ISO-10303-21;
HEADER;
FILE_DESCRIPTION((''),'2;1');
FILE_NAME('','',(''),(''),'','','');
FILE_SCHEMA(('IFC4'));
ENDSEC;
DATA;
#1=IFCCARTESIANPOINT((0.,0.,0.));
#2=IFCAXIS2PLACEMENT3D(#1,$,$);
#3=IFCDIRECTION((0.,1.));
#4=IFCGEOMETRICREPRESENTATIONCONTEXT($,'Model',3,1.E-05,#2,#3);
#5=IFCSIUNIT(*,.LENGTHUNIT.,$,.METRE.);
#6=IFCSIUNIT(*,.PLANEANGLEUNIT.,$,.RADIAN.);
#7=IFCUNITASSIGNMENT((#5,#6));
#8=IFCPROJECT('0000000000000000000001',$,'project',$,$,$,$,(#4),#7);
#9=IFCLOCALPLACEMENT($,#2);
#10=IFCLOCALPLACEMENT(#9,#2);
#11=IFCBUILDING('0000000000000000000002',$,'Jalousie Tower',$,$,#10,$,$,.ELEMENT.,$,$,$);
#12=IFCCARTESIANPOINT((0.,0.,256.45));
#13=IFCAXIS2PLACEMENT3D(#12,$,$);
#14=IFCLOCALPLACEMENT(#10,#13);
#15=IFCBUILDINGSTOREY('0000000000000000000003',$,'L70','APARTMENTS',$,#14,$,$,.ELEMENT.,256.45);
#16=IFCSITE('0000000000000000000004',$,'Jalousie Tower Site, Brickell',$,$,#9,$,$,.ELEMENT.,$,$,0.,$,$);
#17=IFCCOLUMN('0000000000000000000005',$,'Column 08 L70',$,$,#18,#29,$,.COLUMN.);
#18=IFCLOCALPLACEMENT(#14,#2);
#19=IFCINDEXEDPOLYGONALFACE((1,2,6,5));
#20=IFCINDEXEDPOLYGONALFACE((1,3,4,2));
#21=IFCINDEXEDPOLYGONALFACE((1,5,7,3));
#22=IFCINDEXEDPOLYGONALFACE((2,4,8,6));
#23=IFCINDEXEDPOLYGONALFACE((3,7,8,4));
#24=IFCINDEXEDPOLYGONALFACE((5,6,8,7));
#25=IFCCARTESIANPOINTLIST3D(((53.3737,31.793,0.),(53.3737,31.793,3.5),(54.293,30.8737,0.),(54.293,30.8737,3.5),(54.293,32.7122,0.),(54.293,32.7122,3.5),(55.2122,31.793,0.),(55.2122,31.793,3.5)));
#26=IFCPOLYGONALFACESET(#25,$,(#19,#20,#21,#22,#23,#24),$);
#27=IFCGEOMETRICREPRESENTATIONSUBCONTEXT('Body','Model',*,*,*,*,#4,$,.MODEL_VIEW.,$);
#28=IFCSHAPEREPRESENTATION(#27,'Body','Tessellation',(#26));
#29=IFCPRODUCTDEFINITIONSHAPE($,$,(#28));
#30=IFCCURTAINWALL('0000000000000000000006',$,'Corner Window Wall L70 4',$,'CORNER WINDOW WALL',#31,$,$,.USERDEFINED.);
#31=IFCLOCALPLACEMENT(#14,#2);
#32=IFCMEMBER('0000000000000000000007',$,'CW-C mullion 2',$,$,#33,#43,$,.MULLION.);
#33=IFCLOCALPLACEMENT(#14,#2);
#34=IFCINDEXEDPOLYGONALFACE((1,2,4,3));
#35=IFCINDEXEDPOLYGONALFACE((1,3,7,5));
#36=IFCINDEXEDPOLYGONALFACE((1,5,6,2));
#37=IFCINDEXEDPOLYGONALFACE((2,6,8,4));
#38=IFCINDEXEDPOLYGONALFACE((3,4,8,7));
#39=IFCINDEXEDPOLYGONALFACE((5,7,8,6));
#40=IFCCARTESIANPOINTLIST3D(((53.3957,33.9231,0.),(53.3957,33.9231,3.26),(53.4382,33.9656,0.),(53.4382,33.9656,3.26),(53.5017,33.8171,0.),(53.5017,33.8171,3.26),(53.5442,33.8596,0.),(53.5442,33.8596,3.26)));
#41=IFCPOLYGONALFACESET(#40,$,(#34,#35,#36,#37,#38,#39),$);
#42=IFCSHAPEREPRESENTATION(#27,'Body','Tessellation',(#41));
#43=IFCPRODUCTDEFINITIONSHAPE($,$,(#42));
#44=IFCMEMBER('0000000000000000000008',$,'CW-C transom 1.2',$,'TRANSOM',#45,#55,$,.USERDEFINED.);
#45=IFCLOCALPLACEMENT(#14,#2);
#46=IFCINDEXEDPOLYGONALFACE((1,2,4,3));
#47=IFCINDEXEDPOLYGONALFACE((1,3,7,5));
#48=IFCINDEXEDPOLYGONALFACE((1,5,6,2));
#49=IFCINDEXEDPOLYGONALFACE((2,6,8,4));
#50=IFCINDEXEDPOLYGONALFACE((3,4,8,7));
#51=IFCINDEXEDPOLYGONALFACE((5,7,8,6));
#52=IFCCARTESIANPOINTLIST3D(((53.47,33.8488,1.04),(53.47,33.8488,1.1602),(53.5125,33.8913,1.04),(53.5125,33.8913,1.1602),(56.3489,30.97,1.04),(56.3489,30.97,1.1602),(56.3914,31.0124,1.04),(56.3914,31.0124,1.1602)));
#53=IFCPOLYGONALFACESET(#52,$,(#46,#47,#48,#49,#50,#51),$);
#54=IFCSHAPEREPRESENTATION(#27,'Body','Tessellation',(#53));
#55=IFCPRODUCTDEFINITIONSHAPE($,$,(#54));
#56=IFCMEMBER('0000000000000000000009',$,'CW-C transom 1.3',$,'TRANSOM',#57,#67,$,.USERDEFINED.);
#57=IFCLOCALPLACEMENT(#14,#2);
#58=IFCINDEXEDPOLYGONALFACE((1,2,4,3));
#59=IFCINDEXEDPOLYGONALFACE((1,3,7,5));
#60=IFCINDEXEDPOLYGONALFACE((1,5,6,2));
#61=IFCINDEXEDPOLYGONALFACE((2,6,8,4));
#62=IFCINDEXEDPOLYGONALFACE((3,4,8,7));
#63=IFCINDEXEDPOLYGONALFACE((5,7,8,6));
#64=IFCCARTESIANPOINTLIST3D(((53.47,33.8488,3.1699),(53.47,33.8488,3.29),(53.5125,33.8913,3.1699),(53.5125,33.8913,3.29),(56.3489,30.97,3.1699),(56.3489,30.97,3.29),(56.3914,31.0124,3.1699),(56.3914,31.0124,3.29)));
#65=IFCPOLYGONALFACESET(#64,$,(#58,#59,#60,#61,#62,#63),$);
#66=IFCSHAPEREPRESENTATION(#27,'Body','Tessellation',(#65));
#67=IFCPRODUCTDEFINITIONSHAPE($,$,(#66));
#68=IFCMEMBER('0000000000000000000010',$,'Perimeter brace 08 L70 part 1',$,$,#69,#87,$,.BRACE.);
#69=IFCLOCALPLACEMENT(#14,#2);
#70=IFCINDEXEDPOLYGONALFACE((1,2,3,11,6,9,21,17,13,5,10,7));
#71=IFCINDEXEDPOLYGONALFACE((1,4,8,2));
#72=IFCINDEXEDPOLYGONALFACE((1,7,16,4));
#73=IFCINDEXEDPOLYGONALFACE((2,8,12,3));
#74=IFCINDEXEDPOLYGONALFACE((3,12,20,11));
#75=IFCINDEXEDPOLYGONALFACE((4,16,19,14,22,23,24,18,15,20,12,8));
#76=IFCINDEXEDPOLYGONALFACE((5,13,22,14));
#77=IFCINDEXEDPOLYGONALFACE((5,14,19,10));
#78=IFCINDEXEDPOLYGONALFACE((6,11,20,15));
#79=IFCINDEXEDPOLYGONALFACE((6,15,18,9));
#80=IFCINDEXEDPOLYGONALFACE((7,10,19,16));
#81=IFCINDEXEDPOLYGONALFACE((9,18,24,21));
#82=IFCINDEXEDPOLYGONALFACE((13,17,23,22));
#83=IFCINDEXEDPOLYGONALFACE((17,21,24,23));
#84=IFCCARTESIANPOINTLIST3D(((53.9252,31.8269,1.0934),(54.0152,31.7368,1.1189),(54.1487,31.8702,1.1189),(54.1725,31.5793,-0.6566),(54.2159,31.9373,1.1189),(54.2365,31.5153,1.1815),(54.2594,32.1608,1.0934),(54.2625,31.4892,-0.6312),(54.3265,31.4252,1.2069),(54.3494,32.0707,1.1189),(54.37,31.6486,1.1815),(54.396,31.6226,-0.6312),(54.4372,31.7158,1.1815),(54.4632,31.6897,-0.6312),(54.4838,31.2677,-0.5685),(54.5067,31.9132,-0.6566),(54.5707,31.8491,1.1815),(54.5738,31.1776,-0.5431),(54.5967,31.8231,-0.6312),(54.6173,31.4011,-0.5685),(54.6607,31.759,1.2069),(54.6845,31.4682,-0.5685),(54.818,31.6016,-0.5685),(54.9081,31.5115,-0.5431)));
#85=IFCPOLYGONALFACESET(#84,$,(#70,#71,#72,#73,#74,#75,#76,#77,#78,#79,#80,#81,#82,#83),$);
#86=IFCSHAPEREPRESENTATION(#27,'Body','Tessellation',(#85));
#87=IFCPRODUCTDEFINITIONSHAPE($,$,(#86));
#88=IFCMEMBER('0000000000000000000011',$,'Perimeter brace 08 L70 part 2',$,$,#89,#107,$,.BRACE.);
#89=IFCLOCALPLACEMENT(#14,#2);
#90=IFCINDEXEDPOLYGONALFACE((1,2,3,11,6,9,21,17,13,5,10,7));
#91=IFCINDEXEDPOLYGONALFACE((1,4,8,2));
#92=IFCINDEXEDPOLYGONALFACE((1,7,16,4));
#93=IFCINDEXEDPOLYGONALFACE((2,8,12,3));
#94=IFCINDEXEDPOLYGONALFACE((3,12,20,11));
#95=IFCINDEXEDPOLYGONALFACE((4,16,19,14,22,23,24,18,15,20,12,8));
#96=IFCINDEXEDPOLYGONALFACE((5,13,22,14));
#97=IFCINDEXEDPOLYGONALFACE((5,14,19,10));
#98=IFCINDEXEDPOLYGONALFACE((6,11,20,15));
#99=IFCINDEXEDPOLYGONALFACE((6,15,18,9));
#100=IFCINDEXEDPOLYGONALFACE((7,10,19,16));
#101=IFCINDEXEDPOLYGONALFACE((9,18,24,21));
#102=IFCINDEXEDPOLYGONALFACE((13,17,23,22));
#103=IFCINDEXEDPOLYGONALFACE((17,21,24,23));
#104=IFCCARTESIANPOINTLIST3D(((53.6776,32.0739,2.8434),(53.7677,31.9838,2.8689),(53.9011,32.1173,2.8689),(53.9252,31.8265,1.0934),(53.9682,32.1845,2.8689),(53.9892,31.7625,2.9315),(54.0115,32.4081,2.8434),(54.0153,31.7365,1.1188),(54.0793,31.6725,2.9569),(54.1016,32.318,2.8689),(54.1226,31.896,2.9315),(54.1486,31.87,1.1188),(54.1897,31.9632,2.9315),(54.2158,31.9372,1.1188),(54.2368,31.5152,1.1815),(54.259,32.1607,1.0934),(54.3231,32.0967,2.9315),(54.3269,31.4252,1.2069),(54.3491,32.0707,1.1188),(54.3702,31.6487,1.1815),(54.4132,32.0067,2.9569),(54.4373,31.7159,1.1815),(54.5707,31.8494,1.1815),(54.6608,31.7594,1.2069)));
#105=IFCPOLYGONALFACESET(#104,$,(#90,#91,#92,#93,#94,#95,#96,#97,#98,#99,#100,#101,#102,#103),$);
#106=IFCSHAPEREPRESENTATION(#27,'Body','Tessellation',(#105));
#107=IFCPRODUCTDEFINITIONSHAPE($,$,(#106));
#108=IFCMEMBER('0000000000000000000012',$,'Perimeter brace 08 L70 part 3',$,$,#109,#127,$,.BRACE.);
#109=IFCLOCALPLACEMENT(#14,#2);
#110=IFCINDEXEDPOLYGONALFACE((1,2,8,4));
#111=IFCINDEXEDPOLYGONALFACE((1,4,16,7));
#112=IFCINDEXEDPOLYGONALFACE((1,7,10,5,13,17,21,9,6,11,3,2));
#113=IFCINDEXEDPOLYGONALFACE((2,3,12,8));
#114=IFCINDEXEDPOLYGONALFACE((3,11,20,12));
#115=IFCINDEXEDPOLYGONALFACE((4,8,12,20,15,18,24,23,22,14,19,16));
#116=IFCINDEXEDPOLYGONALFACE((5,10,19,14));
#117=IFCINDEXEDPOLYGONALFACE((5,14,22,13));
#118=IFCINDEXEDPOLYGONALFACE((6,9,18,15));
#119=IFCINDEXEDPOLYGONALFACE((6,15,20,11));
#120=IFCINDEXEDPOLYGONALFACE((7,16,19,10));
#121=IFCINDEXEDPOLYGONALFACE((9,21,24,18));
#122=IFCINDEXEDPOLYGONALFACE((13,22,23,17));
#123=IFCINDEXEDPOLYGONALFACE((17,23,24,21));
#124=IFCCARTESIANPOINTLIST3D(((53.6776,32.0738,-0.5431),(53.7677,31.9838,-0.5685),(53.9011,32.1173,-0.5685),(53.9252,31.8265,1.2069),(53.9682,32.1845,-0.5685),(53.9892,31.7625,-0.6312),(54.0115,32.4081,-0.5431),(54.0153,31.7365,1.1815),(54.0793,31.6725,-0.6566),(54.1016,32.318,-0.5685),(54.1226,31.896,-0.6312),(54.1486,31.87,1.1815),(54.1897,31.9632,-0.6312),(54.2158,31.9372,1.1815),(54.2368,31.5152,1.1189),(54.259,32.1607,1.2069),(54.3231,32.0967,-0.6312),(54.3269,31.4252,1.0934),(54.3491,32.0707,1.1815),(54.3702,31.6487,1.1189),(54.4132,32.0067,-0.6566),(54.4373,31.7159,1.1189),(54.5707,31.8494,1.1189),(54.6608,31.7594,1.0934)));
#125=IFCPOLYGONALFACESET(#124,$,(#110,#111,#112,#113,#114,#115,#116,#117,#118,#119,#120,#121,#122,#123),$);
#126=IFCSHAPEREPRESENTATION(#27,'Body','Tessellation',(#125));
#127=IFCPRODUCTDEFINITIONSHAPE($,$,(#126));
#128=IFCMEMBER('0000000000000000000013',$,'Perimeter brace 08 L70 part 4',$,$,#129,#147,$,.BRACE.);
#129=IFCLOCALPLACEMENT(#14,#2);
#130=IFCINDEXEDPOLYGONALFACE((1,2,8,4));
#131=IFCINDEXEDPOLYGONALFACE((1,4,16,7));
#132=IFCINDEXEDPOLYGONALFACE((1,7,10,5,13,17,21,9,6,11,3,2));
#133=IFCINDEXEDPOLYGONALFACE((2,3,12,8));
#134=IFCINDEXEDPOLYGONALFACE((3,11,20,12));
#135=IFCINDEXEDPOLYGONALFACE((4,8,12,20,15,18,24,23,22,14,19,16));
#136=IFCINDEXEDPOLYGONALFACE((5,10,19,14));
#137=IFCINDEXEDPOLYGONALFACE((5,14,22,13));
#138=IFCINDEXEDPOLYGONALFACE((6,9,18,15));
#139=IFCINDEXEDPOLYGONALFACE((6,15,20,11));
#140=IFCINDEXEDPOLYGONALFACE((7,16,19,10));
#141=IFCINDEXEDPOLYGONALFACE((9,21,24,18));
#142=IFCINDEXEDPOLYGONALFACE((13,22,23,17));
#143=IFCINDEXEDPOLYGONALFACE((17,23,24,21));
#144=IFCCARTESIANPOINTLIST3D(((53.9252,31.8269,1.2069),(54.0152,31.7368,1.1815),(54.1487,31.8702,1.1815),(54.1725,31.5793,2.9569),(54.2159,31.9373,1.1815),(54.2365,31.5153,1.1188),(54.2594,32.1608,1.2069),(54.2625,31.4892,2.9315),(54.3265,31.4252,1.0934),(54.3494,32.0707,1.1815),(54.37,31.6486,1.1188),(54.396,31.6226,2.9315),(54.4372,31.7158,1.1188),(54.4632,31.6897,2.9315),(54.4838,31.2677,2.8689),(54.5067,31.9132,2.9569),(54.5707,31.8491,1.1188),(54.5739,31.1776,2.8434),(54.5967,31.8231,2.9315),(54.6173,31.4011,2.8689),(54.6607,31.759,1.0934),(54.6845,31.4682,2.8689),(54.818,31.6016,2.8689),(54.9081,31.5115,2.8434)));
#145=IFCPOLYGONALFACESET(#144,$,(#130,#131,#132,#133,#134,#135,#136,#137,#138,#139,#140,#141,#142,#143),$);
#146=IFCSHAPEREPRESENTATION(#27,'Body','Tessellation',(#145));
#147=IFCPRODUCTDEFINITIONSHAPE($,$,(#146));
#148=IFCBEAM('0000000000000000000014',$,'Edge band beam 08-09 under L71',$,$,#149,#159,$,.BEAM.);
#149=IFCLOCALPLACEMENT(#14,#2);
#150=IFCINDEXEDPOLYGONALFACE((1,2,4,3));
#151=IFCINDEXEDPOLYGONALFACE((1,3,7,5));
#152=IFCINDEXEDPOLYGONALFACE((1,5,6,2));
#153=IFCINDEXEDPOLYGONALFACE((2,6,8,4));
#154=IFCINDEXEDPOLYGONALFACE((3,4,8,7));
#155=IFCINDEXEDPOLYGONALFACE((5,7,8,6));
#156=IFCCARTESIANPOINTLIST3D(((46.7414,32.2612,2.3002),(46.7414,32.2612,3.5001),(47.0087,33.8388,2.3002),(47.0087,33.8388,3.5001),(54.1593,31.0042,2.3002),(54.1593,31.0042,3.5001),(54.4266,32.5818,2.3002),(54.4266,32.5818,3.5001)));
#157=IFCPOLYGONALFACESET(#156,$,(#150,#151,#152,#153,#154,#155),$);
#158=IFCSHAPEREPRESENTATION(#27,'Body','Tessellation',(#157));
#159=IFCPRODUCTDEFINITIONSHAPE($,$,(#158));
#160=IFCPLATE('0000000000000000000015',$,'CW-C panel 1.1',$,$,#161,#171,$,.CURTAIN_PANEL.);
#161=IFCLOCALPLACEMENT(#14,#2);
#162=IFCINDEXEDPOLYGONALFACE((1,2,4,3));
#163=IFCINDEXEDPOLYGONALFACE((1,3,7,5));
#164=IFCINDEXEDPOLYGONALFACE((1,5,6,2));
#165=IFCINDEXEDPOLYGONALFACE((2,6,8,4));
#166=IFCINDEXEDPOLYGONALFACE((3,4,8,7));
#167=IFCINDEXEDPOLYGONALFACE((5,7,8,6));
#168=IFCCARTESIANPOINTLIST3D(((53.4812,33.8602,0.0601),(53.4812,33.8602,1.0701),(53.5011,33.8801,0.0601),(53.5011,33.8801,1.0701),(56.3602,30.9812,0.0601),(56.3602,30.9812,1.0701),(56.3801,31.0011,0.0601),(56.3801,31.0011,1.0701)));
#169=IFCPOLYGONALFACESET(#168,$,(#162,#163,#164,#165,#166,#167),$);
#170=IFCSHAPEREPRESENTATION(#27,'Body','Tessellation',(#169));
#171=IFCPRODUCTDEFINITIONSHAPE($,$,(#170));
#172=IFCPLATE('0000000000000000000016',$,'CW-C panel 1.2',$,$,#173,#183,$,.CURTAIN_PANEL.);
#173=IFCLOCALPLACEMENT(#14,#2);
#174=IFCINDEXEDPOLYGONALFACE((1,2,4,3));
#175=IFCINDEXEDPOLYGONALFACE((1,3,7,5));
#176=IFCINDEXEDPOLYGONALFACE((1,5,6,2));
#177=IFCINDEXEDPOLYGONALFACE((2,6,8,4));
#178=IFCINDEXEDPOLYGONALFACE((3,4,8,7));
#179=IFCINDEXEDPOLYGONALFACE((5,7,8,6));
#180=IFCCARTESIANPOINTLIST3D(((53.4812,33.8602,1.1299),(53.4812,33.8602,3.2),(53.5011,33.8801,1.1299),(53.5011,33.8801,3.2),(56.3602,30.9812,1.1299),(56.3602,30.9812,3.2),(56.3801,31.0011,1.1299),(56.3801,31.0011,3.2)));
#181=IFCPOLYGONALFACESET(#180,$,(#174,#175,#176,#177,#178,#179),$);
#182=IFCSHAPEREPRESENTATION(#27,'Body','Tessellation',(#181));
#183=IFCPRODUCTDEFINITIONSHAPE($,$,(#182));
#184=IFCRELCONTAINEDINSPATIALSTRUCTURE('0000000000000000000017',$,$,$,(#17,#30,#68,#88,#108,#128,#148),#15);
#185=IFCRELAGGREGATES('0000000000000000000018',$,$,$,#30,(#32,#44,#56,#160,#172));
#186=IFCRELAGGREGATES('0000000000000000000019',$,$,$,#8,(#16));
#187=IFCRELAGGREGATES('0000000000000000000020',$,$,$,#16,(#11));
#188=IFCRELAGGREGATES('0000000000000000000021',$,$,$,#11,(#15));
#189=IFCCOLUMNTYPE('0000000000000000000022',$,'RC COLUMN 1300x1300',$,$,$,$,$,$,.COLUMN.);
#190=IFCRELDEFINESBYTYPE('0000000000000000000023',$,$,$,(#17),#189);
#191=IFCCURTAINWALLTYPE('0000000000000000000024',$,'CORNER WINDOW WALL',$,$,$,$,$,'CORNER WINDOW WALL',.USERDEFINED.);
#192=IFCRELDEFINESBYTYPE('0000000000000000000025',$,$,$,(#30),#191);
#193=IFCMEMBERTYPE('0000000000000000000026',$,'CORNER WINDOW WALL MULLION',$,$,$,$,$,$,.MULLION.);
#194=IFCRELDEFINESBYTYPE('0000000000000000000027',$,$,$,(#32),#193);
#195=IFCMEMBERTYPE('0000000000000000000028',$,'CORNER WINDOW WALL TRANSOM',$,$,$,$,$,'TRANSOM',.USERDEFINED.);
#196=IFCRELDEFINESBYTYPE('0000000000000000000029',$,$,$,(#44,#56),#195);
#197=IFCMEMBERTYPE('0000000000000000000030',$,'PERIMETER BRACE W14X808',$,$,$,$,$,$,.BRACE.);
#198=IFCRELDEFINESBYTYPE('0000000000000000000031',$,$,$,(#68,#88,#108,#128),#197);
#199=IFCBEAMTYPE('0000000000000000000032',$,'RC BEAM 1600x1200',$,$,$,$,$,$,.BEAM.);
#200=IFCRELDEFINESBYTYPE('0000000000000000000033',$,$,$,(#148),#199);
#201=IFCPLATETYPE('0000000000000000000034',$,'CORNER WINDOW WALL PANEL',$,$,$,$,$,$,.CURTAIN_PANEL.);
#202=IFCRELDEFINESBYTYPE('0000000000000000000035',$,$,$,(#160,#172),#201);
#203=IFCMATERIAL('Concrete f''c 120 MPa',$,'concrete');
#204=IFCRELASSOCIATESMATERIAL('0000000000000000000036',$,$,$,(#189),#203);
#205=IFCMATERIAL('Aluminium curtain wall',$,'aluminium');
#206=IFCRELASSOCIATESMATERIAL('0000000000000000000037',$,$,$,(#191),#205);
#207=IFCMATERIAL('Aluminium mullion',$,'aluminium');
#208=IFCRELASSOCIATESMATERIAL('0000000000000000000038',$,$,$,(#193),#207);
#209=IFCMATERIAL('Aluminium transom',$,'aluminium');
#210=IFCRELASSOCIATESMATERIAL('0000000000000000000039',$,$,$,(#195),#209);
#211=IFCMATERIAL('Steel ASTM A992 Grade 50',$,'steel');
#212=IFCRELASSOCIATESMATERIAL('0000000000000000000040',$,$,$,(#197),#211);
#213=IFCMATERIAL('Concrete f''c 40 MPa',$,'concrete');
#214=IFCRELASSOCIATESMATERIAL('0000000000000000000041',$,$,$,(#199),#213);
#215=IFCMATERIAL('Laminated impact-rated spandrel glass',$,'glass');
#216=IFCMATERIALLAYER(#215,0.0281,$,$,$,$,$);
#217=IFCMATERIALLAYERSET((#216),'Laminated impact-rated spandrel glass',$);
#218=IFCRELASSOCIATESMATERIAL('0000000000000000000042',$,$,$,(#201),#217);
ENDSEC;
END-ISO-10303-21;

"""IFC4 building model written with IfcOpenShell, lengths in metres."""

from ifc_helpers import new_model, si_unit, direction, frame, origin, origin_2d, place, context, subcontext, project, spatial, rectangle, i_section, extrude, material, layer, layer_set, material_profile, profile_set, type_object, element, aggregate, save


model = new_model("IFC4")

# Units and contexts
model_context = context("Model", 3, precision=1e-05, world=origin(), true_north=direction((0.0, 1.0)))
body_context = subcontext(model_context, "Body", "Model", "MODEL_VIEW")
ifc_project = project(units=[si_unit("LENGTHUNIT", "METRE"), si_unit("PLANEANGLEUNIT", "RADIAN")], contexts=[model_context])

# Site, building, storey
site_placement = place(None, origin())
site = spatial("IfcSite", under=ifc_project, at=site_placement, Name="Jalousie Tower Site, Brickell", CompositionType="ELEMENT", RefElevation=0.0)
building_placement = place(site_placement, origin())
building = spatial("IfcBuilding", under=site, at=building_placement, Name="Jalousie Tower", CompositionType="ELEMENT")
storey_placement = place(building_placement, frame((0.0, 0.0, 256.45)))
storey = spatial("IfcBuildingStorey", under=building, at=storey_placement, Name="L70", Description="APARTMENTS", CompositionType="ELEMENT", Elevation=256.45)

# Column
ifc_material_1 = material(Name="Concrete f'c 120 MPa", Category="concrete")
ifc_material_profile_1 = material_profile(ifc_material_1, rectangle(XDim=1.3, YDim=1.3, at=origin_2d()), Name="RC 1300x1300")
ifc_profile_set_1 = profile_set([ifc_material_profile_1], Name="Concrete f'c 120 MPa")
column_type = type_object("IfcColumnType", Name="RC COLUMN 1300x1300", PredefinedType="COLUMN", material=ifc_profile_set_1)
column_placement = place(storey_placement, frame((54.293, 31.793, 0.0), z_axis=(0.0, 0.0, 1.0), x_axis=(0.707107, 0.707107, 0.0)))
element("IfcColumn", 1, at=column_placement, inside=storey, type_object=column_type, Name="Column 08 L70", PredefinedType="COLUMN", context=body_context, shape_type="SweptSolid", body=[
    extrude(rectangle(XDim=1.3, YDim=1.3, at=origin_2d()), origin(), (0.0, 0.0, 1.0), 3.5),
])

# Curtain wall, members
ifc_material_2 = material(Name="Aluminium curtain wall", Category="aluminium")
curtain_wall_type = type_object("IfcCurtainWallType", Name="CORNER WINDOW WALL", ElementType="CORNER WINDOW WALL", PredefinedType="USERDEFINED", material=ifc_material_2)
curtain_wall_placement = place(storey_placement, origin())
curtain_wall = element("IfcCurtainWall", 2, at=curtain_wall_placement, inside=storey, type_object=curtain_wall_type, Name="Corner Window Wall L70 4", ObjectType="CORNER WINDOW WALL", PredefinedType="USERDEFINED")
ifc_material_3 = material(Name="Aluminium mullion", Category="aluminium")
ifc_material_profile_2 = material_profile(ifc_material_3, rectangle(XDim=0.0601, YDim=0.1499, at=origin_2d()), Name="MULLION 60x150")
ifc_profile_set_2 = profile_set([ifc_material_profile_2], Name="Aluminium mullion")
member_type_1 = type_object("IfcMemberType", Name="CORNER WINDOW WALL MULLION", PredefinedType="MULLION", material=ifc_profile_set_2)
member_1_placement = place(storey_placement, frame((53.47, 33.8914, 0.0), z_axis=(0.0, 0.0, 1.0), x_axis=(-0.707107, -0.707107, 0.0)))
member_1 = element("IfcMember", 3, at=member_1_placement, type_object=member_type_1, Name="CW-C mullion 2", PredefinedType="MULLION", context=body_context, shape_type="SweptSolid", body=[
    extrude(rectangle(XDim=0.0601, YDim=0.1499, at=origin_2d()), origin(), (0.0, 0.0, 1.0), 3.26),
])
ifc_material_4 = material(Name="Aluminium transom", Category="aluminium")
ifc_material_profile_3 = material_profile(ifc_material_4, rectangle(XDim=0.0601, YDim=0.1201, at=origin_2d()), Name="TRANSOM 60x120")
ifc_profile_set_3 = profile_set([ifc_material_profile_3], Name="Aluminium transom")
member_type_2 = type_object("IfcMemberType", Name="CORNER WINDOW WALL TRANSOM", ElementType="TRANSOM", PredefinedType="USERDEFINED", material=ifc_profile_set_3)
member_2_placement = place(storey_placement, frame((56.3701, 30.9912, 1.1001), z_axis=(-0.707107, 0.707107, 0.0), x_axis=(-0.707107, -0.707107, 0.0)))
member_2 = element("IfcMember", 4, at=member_2_placement, type_object=member_type_2, Name="CW-C transom 1.2", ObjectType="TRANSOM", PredefinedType="USERDEFINED", context=body_context, shape_type="SweptSolid", body=[
    extrude(rectangle(XDim=0.0601, YDim=0.1201, at=origin_2d()), origin(), (0.0, 0.0, 1.0), 4.0713),
])
member_3_placement = place(storey_placement, frame((56.3701, 30.9912, 3.23), z_axis=(-0.707107, 0.707107, 0.0), x_axis=(-0.707107, -0.707107, 0.0)))
member_3 = element("IfcMember", 5, at=member_3_placement, type_object=member_type_2, Name="CW-C transom 1.3", ObjectType="TRANSOM", PredefinedType="USERDEFINED", context=body_context, shape_type="SweptSolid", body=[
    extrude(rectangle(XDim=0.0601, YDim=0.1201, at=origin_2d()), origin(), (0.0, 0.0, 1.0), 4.0713),
])

# Members
ifc_material_5 = material(Name="Steel ASTM A992 Grade 50", Category="steel")
ifc_material_profile_4 = material_profile(ifc_material_5, i_section(OverallWidth=0.4724, OverallDepth=0.5791, WebThickness=0.095, FlangeThickness=0.1299, at=origin_2d()), Name="W14X808")
ifc_profile_set_4 = profile_set([ifc_material_profile_4], Name="Steel ASTM A992 Grade 50")
member_type_3 = type_object("IfcMemberType", Name="PERIMETER BRACE W14X808", PredefinedType="BRACE", material=ifc_profile_set_4)
for number, where, z_axis, x_axis, name in (
    (6, (54.5403, 31.5454, -0.5999), (-0.138579, 0.138716, 0.980588), (-0.707456, -0.706758, 0.0), "Perimeter brace 08 L70 part 1"),
    (7, (54.293, 31.793, 1.1501), (-0.138716, 0.138579, 0.980588), (-0.706758, -0.707456, 0.0), "Perimeter brace 08 L70 part 2"),
    (8, (54.0454, 32.0403, -0.5999), (0.138716, -0.138579, 0.980588), (0.706758, 0.707456, 0.0), "Perimeter brace 08 L70 part 3"),
    (9, (54.293, 31.793, 1.1501), (0.138579, -0.138716, 0.980588), (0.707456, 0.706758, 0.0), "Perimeter brace 08 L70 part 4"),
):
    element("IfcMember", number, at=place(storey_placement, frame(where, z_axis=z_axis, x_axis=x_axis)), inside=storey, type_object=member_type_3, Name=name, PredefinedType="BRACE", context=body_context, shape_type="SweptSolid", body=[
        extrude(i_section(OverallWidth=0.4724, OverallDepth=0.5791, WebThickness=0.095, FlangeThickness=0.1299, at=origin_2d()), origin(), (0.0, 0.0, 1.0), 1.7847),
    ])

# Beam
ifc_material_6 = material(Name="Concrete f'c 40 MPa", Category="concrete")
ifc_material_profile_5 = material_profile(ifc_material_6, rectangle(XDim=1.6001, YDim=1.2, at=origin_2d()), Name="RC 1600x1200")
ifc_profile_set_5 = profile_set([ifc_material_profile_5], Name="Concrete f'c 40 MPa")
beam_type = type_object("IfcBeamType", Name="RC BEAM 1600x1200", PredefinedType="BEAM", material=ifc_profile_set_5)
beam_placement = place(storey_placement, frame((54.293, 31.793, 2.9001), z_axis=(-0.985943, 0.167082, 0.0), x_axis=(-0.167082, -0.985943, 0.0)))
element("IfcBeam", 10, at=beam_placement, inside=storey, type_object=beam_type, Name="Edge band beam 08-09 under L71", PredefinedType="BEAM", context=body_context, shape_type="SweptSolid", body=[
    extrude(rectangle(XDim=1.6001, YDim=1.2, at=origin_2d()), origin(), (0.0, 0.0, 1.0), 7.5237),
])

# Plates
ifc_material_7 = material(Name="Laminated impact-rated spandrel glass", Category="glass")
ifc_layer_1 = layer(ifc_material_7, 0.0281)
ifc_layer_set_1 = layer_set([ifc_layer_1], Name="Laminated impact-rated spandrel glass")
plate_type = type_object("IfcPlateType", Name="CORNER WINDOW WALL PANEL", PredefinedType="CURTAIN_PANEL", material=ifc_layer_set_1)
plate_1_placement = place(storey_placement, frame((54.9307, 32.4307, 0.0601), z_axis=(0.0, 0.0, 1.0), x_axis=(-0.707107, 0.707107, 0.0)))
plate_1 = element("IfcPlate", 11, at=plate_1_placement, type_object=plate_type, Name="CW-C panel 1.1", PredefinedType="CURTAIN_PANEL", context=body_context, shape_type="SweptSolid", body=[
    extrude(rectangle(XDim=4.0715, YDim=0.0281, at=origin_2d()), origin(), (0.0, 0.0, 1.0), 1.01),
])
plate_2_placement = place(storey_placement, frame((54.9307, 32.4307, 1.1299), z_axis=(0.0, 0.0, 1.0), x_axis=(-0.707107, 0.707107, 0.0)))
plate_2 = element("IfcPlate", 12, at=plate_2_placement, type_object=plate_type, Name="CW-C panel 1.2", PredefinedType="CURTAIN_PANEL", context=body_context, shape_type="SweptSolid", body=[
    extrude(rectangle(XDim=4.0715, YDim=0.0281, at=origin_2d()), origin(), (0.0, 0.0, 1.0), 2.0701),
])
aggregate(curtain_wall, [member_1, member_2, member_3, plate_1, plate_2])

save(model, "model.ifc")
